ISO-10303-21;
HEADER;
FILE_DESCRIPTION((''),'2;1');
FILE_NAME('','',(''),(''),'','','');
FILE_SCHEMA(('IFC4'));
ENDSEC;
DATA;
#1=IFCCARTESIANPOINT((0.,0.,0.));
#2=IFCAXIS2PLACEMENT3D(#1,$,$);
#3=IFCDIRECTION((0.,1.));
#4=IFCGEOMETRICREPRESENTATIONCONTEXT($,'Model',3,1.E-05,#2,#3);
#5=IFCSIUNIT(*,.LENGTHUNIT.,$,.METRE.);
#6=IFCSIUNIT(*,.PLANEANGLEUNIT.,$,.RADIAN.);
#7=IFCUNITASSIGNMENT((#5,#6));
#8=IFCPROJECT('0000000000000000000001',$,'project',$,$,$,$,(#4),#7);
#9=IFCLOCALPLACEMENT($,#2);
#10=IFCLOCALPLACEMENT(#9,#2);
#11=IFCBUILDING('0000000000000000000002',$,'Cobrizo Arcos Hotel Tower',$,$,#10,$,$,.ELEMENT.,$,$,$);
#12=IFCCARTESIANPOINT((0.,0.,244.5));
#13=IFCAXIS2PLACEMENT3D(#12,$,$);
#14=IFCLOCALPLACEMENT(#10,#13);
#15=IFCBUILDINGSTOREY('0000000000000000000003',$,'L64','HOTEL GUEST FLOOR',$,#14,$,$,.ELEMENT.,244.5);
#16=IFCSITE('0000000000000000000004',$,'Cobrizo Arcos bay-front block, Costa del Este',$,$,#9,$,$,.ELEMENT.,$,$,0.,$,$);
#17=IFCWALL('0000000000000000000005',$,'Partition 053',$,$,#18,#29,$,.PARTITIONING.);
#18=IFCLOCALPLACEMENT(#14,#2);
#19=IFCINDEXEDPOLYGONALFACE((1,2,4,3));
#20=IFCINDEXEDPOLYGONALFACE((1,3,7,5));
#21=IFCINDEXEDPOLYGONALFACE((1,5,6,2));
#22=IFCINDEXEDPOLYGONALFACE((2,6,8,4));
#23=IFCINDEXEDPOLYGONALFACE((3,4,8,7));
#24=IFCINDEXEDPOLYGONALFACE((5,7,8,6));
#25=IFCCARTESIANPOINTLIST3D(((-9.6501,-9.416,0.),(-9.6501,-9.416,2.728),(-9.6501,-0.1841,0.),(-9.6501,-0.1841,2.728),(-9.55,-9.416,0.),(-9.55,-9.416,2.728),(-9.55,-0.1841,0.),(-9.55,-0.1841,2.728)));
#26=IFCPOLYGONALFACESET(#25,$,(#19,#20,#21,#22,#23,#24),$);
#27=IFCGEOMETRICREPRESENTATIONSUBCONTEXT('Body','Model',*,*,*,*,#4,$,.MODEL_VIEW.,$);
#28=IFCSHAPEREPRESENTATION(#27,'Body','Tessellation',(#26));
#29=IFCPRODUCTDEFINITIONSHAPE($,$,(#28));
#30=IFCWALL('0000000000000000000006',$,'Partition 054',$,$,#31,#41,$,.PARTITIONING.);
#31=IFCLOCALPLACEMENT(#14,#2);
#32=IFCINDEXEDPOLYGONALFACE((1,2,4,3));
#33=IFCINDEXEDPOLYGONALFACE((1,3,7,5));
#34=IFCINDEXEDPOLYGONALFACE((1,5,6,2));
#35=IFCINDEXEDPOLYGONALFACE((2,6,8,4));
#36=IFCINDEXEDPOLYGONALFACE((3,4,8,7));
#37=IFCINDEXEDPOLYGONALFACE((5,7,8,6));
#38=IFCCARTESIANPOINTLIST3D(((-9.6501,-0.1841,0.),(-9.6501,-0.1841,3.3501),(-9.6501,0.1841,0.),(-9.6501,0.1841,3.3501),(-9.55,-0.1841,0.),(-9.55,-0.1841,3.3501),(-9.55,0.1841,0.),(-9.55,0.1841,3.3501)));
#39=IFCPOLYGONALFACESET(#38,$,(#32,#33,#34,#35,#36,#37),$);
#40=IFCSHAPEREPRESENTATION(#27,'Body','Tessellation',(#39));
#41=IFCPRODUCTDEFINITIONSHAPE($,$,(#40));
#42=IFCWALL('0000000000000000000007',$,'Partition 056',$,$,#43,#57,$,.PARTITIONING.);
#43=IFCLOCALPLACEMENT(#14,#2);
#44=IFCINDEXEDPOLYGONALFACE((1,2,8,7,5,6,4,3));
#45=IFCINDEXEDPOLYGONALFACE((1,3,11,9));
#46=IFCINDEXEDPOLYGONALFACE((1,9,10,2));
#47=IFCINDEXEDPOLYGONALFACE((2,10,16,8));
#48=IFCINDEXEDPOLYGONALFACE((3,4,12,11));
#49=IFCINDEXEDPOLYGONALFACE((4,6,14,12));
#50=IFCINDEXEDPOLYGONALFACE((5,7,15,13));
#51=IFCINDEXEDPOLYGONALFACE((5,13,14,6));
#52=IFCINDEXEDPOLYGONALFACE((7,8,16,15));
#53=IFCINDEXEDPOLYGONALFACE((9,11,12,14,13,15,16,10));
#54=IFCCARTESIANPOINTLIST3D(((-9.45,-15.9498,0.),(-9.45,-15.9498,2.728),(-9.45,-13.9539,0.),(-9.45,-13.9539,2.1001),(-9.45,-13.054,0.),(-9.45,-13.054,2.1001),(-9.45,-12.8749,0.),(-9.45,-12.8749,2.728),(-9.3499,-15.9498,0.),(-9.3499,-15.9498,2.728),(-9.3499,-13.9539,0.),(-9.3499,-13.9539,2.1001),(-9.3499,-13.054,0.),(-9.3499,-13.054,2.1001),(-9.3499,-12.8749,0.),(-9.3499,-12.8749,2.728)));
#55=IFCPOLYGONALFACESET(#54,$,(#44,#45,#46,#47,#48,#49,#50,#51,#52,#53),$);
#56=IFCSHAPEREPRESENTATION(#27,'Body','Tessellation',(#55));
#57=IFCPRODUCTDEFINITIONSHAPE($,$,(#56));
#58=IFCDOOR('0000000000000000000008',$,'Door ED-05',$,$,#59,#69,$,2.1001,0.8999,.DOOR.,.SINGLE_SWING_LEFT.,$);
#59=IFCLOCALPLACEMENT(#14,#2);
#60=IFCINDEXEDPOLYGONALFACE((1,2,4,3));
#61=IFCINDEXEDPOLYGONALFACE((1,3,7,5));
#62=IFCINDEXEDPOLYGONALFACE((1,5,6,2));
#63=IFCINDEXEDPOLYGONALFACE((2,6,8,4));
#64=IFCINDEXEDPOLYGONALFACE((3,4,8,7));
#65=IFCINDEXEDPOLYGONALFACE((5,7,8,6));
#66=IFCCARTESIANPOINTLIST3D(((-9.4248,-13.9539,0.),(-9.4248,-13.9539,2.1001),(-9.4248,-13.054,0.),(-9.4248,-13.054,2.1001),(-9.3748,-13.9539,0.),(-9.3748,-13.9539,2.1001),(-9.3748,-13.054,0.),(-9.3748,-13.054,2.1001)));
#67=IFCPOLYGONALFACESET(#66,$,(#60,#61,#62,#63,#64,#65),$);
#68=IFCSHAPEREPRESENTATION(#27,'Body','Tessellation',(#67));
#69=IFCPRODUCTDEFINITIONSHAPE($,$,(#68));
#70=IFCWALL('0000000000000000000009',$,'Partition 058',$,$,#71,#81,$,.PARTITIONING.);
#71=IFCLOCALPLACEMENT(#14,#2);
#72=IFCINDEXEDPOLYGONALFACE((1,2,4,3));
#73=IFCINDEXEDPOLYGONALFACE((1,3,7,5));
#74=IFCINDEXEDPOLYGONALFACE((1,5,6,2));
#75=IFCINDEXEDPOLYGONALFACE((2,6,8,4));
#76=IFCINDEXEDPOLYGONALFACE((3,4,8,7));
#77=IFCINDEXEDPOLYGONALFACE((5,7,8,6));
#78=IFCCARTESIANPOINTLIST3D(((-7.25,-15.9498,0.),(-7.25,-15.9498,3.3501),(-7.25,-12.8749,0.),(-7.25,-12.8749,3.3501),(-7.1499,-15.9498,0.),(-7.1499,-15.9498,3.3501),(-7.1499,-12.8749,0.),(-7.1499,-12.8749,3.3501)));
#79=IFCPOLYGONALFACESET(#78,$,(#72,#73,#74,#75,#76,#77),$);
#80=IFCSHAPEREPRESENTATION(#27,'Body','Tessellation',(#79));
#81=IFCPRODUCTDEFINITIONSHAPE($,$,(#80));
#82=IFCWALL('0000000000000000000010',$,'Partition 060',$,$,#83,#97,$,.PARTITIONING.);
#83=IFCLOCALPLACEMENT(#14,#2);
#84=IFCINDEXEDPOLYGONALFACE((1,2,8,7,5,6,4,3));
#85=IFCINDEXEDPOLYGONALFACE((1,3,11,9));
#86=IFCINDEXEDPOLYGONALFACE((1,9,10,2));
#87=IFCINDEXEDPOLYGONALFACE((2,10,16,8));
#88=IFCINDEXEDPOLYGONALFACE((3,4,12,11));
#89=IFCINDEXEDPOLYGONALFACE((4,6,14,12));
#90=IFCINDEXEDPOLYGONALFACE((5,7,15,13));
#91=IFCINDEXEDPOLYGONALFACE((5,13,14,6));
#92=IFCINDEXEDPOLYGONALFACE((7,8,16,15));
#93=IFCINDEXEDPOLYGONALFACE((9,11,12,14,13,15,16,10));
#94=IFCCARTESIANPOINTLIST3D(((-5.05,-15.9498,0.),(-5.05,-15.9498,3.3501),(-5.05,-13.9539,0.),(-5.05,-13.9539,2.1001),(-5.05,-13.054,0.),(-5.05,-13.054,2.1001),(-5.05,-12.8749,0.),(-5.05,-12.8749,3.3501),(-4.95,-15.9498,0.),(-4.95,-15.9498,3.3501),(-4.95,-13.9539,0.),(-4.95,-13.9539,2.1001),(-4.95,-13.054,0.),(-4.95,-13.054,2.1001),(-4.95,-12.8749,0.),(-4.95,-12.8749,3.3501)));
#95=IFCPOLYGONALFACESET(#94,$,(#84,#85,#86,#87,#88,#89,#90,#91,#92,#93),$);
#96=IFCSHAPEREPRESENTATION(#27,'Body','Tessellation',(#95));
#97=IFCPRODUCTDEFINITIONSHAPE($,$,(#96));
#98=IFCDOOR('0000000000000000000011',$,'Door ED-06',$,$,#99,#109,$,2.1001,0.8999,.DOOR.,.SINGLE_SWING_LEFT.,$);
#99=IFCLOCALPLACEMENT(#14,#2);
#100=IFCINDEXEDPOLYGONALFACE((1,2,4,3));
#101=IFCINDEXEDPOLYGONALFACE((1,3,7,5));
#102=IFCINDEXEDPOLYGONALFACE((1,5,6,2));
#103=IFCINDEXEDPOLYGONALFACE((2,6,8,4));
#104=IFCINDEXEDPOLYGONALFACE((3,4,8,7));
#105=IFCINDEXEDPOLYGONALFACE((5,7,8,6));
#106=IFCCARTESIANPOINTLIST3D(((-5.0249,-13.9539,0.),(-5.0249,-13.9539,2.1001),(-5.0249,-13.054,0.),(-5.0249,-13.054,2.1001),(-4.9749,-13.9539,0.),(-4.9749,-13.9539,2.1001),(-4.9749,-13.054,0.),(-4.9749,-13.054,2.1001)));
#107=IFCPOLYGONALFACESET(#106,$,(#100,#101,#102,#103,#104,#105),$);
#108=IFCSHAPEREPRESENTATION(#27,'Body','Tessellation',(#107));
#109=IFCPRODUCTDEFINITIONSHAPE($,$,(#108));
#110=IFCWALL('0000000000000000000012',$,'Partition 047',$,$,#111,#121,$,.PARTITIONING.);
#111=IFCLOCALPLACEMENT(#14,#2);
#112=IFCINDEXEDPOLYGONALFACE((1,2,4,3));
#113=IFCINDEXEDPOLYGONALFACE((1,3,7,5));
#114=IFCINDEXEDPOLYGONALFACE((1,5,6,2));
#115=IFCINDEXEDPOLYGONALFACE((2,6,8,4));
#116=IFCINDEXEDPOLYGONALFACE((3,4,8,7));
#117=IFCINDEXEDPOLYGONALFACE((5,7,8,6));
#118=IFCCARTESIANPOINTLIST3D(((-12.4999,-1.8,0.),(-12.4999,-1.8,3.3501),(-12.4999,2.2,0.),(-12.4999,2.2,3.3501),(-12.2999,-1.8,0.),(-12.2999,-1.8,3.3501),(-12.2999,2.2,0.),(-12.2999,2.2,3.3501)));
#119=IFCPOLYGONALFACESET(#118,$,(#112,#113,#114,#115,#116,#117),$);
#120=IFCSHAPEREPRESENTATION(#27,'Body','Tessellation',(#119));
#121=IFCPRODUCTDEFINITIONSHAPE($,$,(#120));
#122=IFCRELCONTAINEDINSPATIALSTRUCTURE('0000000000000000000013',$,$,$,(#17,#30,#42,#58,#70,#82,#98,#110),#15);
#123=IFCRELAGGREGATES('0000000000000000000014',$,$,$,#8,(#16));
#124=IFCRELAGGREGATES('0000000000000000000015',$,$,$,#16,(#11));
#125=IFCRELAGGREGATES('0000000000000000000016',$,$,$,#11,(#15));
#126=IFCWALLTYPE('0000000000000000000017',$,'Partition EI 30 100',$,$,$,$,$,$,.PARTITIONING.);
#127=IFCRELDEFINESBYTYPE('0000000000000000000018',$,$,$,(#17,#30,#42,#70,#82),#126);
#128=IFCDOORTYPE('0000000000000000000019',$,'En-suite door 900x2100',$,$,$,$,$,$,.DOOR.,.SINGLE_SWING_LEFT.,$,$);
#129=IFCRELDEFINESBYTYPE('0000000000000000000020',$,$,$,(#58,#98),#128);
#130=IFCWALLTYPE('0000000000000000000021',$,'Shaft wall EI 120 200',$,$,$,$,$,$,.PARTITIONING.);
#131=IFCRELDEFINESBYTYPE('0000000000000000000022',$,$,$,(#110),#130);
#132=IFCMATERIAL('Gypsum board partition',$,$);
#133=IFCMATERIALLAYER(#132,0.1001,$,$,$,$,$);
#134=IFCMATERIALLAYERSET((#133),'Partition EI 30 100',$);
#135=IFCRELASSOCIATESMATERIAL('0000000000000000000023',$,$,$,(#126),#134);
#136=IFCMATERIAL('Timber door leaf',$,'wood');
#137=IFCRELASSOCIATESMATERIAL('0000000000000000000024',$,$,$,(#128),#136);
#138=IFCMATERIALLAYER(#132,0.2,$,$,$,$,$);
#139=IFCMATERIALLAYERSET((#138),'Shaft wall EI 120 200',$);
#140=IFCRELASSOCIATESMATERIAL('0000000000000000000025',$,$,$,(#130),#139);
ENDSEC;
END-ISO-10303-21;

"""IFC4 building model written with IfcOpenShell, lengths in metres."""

from ifc_helpers import new_model, si_unit, direction, frame, frame_2d, origin, place, context, subcontext, project, spatial, rectangle, extrude, material, layer, layer_set, type_object, element, fill, save


model = new_model("IFC4")

# Units and contexts
model_context = context("Model", 3, precision=1e-05, world=origin(), true_north=direction((0.0, 1.0)))
body_context = subcontext(model_context, "Body", "Model", "MODEL_VIEW")
ifc_project = project(units=[si_unit("LENGTHUNIT", "METRE"), si_unit("PLANEANGLEUNIT", "RADIAN")], contexts=[model_context])

# Site, building, storey
site_placement = place(None, origin())
site = spatial("IfcSite", under=ifc_project, at=site_placement, Name="Cobrizo Arcos bay-front block, Costa del Este", CompositionType="ELEMENT", RefElevation=0.0)
building_placement = place(site_placement, origin())
building = spatial("IfcBuilding", under=site, at=building_placement, Name="Cobrizo Arcos Hotel Tower", CompositionType="ELEMENT")
storey_placement = place(building_placement, frame((0.0, 0.0, 244.5)))
storey = spatial("IfcBuildingStorey", under=building, at=storey_placement, Name="L64", Description="HOTEL GUEST FLOOR", CompositionType="ELEMENT", Elevation=244.5)

# Shared definitions
ifc_material_1 = material(Name="Gypsum board partition")
ifc_material_2 = material(Name="Timber door leaf", Category="wood")
ifc_layer_1 = layer(ifc_material_1, 0.1001)
ifc_layer_set_1 = layer_set([ifc_layer_1], Name="Partition EI 30 100")
wall_type_1 = type_object("IfcWallType", Name="Partition EI 30 100", PredefinedType="PARTITIONING", material=ifc_layer_set_1)
door_type_1 = type_object("IfcDoorType", Name="En-suite door 900x2100", OperationType="SINGLE_SWING_LEFT", PredefinedType="DOOR", material=ifc_material_2)

# Walls
wall_1_placement = place(storey_placement, frame((-9.6001, -9.416, 0.0), z_axis=(0.0, 0.0, 1.0), x_axis=(0.0, 1.0, 0.0)))
element("IfcWall", 1, at=wall_1_placement, inside=storey, type_object=wall_type_1, Name="Partition 053", PredefinedType="PARTITIONING", context=body_context, shape_type="SweptSolid", body=[
    extrude(rectangle(XDim=9.2319, YDim=0.1001, at=frame_2d((4.616, 0.0))), origin(), (0.0, 0.0, 1.0), 2.728),
])
wall_2_placement = place(storey_placement, frame((-9.6001, -0.1841, 0.0), z_axis=(0.0, 0.0, 1.0), x_axis=(0.0, 1.0, 0.0)))
element("IfcWall", 2, at=wall_2_placement, inside=storey, type_object=wall_type_1, Name="Partition 054", PredefinedType="PARTITIONING", context=body_context, shape_type="SweptSolid", body=[
    extrude(rectangle(XDim=0.3682, YDim=0.1001, at=frame_2d((0.1841, 0.0))), origin(), (0.0, 0.0, 1.0), 3.3501),
])

# Wall, opening, door
wall_3_placement = place(storey_placement, frame((-9.3999, -15.95, 0.0), z_axis=(0.0, 0.0, 1.0), x_axis=(0.0, 1.0, 0.0)))
wall_3 = element("IfcWall", 3, at=wall_3_placement, inside=storey, type_object=wall_type_1, Name="Partition 056", PredefinedType="PARTITIONING", context=body_context, shape_type="SweptSolid", body=[
    extrude(rectangle(XDim=3.075, YDim=0.1001, at=frame_2d((1.5376, 0.0))), origin(), (0.0, 0.0, 1.0), 2.728),
])
opening_1_placement = place(wall_3_placement, frame((1.9961, 0.0, 0.0)))
opening_1 = element("IfcOpeningElement", 4, at=opening_1_placement, cuts=wall_3, PredefinedType="OPENING", context=body_context, shape_type="SweptSolid", body=[
    extrude(rectangle(XDim=0.8999, YDim=2.1001, at=frame_2d((0.45, 1.05))), frame((0.0, 0.062, 0.0), z_axis=(0.0, -1.0, 0.0), x_axis=(1.0, 0.0, 0.0)), (0.0, 0.0, 1.0), 0.124),
])
door_1_placement = place(opening_1_placement, origin())
door_1 = element("IfcDoor", 5, at=door_1_placement, inside=storey, type_object=door_type_1, Name="Door ED-05", OperationType="SINGLE_SWING_LEFT", OverallHeight=2.1001, OverallWidth=0.8999, PredefinedType="DOOR", context=body_context, shape_type="SweptSolid", body=[
    extrude(rectangle(XDim=0.8999, YDim=2.1001, at=frame_2d((0.45, 1.05))), frame((0.0, 0.0249, 0.0), z_axis=(0.0, -1.0, 0.0), x_axis=(1.0, 0.0, 0.0)), (0.0, 0.0, 1.0), 0.05),
])
fill(opening_1, door_1)

# Wall
wall_4_placement = place(storey_placement, frame((-7.2, -15.95, 0.0), z_axis=(0.0, 0.0, 1.0), x_axis=(0.0, 1.0, 0.0)))
element("IfcWall", 6, at=wall_4_placement, inside=storey, type_object=wall_type_1, Name="Partition 058", PredefinedType="PARTITIONING", context=body_context, shape_type="SweptSolid", body=[
    extrude(rectangle(XDim=3.075, YDim=0.1001, at=frame_2d((1.5376, 0.0))), origin(), (0.0, 0.0, 1.0), 3.3501),
])

# Wall, opening, door
wall_5_placement = place(storey_placement, frame((-5.0, -15.95, 0.0), z_axis=(0.0, 0.0, 1.0), x_axis=(0.0, 1.0, 0.0)))
wall_5 = element("IfcWall", 7, at=wall_5_placement, inside=storey, type_object=wall_type_1, Name="Partition 060", PredefinedType="PARTITIONING", context=body_context, shape_type="SweptSolid", body=[
    extrude(rectangle(XDim=3.075, YDim=0.1001, at=frame_2d((1.5376, 0.0))), origin(), (0.0, 0.0, 1.0), 3.3501),
])
opening_2_placement = place(wall_5_placement, frame((1.9961, 0.0, 0.0)))
opening_2 = element("IfcOpeningElement", 8, at=opening_2_placement, cuts=wall_5, PredefinedType="OPENING", context=body_context, shape_type="SweptSolid", body=[
    extrude(rectangle(XDim=0.8999, YDim=2.1001, at=frame_2d((0.45, 1.05))), frame((0.0, 0.062, 0.0), z_axis=(0.0, -1.0, 0.0), x_axis=(1.0, 0.0, 0.0)), (0.0, 0.0, 1.0), 0.124),
])
door_2_placement = place(opening_2_placement, origin())
door_2 = element("IfcDoor", 9, at=door_2_placement, inside=storey, type_object=door_type_1, Name="Door ED-06", OperationType="SINGLE_SWING_LEFT", OverallHeight=2.1001, OverallWidth=0.8999, PredefinedType="DOOR", context=body_context, shape_type="SweptSolid", body=[
    extrude(rectangle(XDim=0.8999, YDim=2.1001, at=frame_2d((0.45, 1.05))), frame((0.0, 0.0249, 0.0), z_axis=(0.0, -1.0, 0.0), x_axis=(1.0, 0.0, 0.0)), (0.0, 0.0, 1.0), 0.05),
])
fill(opening_2, door_2)

# Wall
ifc_layer_2 = layer(ifc_material_1, 0.2)
ifc_layer_set_2 = layer_set([ifc_layer_2], Name="Shaft wall EI 120 200")
wall_type_2 = type_object("IfcWallType", Name="Shaft wall EI 120 200", PredefinedType="PARTITIONING", material=ifc_layer_set_2)
wall_6_placement = place(storey_placement, frame((-12.3999, -1.8, 0.0), z_axis=(0.0, 0.0, 1.0), x_axis=(0.0, 1.0, 0.0)))
element("IfcWall", 10, at=wall_6_placement, inside=storey, type_object=wall_type_2, Name="Partition 047", PredefinedType="PARTITIONING", context=body_context, shape_type="SweptSolid", body=[
    extrude(rectangle(XDim=4.0, YDim=0.2, at=frame_2d((2.0, 0.0))), origin(), (0.0, 0.0, 1.0), 3.3501),
])

save(model, "model.ifc")
